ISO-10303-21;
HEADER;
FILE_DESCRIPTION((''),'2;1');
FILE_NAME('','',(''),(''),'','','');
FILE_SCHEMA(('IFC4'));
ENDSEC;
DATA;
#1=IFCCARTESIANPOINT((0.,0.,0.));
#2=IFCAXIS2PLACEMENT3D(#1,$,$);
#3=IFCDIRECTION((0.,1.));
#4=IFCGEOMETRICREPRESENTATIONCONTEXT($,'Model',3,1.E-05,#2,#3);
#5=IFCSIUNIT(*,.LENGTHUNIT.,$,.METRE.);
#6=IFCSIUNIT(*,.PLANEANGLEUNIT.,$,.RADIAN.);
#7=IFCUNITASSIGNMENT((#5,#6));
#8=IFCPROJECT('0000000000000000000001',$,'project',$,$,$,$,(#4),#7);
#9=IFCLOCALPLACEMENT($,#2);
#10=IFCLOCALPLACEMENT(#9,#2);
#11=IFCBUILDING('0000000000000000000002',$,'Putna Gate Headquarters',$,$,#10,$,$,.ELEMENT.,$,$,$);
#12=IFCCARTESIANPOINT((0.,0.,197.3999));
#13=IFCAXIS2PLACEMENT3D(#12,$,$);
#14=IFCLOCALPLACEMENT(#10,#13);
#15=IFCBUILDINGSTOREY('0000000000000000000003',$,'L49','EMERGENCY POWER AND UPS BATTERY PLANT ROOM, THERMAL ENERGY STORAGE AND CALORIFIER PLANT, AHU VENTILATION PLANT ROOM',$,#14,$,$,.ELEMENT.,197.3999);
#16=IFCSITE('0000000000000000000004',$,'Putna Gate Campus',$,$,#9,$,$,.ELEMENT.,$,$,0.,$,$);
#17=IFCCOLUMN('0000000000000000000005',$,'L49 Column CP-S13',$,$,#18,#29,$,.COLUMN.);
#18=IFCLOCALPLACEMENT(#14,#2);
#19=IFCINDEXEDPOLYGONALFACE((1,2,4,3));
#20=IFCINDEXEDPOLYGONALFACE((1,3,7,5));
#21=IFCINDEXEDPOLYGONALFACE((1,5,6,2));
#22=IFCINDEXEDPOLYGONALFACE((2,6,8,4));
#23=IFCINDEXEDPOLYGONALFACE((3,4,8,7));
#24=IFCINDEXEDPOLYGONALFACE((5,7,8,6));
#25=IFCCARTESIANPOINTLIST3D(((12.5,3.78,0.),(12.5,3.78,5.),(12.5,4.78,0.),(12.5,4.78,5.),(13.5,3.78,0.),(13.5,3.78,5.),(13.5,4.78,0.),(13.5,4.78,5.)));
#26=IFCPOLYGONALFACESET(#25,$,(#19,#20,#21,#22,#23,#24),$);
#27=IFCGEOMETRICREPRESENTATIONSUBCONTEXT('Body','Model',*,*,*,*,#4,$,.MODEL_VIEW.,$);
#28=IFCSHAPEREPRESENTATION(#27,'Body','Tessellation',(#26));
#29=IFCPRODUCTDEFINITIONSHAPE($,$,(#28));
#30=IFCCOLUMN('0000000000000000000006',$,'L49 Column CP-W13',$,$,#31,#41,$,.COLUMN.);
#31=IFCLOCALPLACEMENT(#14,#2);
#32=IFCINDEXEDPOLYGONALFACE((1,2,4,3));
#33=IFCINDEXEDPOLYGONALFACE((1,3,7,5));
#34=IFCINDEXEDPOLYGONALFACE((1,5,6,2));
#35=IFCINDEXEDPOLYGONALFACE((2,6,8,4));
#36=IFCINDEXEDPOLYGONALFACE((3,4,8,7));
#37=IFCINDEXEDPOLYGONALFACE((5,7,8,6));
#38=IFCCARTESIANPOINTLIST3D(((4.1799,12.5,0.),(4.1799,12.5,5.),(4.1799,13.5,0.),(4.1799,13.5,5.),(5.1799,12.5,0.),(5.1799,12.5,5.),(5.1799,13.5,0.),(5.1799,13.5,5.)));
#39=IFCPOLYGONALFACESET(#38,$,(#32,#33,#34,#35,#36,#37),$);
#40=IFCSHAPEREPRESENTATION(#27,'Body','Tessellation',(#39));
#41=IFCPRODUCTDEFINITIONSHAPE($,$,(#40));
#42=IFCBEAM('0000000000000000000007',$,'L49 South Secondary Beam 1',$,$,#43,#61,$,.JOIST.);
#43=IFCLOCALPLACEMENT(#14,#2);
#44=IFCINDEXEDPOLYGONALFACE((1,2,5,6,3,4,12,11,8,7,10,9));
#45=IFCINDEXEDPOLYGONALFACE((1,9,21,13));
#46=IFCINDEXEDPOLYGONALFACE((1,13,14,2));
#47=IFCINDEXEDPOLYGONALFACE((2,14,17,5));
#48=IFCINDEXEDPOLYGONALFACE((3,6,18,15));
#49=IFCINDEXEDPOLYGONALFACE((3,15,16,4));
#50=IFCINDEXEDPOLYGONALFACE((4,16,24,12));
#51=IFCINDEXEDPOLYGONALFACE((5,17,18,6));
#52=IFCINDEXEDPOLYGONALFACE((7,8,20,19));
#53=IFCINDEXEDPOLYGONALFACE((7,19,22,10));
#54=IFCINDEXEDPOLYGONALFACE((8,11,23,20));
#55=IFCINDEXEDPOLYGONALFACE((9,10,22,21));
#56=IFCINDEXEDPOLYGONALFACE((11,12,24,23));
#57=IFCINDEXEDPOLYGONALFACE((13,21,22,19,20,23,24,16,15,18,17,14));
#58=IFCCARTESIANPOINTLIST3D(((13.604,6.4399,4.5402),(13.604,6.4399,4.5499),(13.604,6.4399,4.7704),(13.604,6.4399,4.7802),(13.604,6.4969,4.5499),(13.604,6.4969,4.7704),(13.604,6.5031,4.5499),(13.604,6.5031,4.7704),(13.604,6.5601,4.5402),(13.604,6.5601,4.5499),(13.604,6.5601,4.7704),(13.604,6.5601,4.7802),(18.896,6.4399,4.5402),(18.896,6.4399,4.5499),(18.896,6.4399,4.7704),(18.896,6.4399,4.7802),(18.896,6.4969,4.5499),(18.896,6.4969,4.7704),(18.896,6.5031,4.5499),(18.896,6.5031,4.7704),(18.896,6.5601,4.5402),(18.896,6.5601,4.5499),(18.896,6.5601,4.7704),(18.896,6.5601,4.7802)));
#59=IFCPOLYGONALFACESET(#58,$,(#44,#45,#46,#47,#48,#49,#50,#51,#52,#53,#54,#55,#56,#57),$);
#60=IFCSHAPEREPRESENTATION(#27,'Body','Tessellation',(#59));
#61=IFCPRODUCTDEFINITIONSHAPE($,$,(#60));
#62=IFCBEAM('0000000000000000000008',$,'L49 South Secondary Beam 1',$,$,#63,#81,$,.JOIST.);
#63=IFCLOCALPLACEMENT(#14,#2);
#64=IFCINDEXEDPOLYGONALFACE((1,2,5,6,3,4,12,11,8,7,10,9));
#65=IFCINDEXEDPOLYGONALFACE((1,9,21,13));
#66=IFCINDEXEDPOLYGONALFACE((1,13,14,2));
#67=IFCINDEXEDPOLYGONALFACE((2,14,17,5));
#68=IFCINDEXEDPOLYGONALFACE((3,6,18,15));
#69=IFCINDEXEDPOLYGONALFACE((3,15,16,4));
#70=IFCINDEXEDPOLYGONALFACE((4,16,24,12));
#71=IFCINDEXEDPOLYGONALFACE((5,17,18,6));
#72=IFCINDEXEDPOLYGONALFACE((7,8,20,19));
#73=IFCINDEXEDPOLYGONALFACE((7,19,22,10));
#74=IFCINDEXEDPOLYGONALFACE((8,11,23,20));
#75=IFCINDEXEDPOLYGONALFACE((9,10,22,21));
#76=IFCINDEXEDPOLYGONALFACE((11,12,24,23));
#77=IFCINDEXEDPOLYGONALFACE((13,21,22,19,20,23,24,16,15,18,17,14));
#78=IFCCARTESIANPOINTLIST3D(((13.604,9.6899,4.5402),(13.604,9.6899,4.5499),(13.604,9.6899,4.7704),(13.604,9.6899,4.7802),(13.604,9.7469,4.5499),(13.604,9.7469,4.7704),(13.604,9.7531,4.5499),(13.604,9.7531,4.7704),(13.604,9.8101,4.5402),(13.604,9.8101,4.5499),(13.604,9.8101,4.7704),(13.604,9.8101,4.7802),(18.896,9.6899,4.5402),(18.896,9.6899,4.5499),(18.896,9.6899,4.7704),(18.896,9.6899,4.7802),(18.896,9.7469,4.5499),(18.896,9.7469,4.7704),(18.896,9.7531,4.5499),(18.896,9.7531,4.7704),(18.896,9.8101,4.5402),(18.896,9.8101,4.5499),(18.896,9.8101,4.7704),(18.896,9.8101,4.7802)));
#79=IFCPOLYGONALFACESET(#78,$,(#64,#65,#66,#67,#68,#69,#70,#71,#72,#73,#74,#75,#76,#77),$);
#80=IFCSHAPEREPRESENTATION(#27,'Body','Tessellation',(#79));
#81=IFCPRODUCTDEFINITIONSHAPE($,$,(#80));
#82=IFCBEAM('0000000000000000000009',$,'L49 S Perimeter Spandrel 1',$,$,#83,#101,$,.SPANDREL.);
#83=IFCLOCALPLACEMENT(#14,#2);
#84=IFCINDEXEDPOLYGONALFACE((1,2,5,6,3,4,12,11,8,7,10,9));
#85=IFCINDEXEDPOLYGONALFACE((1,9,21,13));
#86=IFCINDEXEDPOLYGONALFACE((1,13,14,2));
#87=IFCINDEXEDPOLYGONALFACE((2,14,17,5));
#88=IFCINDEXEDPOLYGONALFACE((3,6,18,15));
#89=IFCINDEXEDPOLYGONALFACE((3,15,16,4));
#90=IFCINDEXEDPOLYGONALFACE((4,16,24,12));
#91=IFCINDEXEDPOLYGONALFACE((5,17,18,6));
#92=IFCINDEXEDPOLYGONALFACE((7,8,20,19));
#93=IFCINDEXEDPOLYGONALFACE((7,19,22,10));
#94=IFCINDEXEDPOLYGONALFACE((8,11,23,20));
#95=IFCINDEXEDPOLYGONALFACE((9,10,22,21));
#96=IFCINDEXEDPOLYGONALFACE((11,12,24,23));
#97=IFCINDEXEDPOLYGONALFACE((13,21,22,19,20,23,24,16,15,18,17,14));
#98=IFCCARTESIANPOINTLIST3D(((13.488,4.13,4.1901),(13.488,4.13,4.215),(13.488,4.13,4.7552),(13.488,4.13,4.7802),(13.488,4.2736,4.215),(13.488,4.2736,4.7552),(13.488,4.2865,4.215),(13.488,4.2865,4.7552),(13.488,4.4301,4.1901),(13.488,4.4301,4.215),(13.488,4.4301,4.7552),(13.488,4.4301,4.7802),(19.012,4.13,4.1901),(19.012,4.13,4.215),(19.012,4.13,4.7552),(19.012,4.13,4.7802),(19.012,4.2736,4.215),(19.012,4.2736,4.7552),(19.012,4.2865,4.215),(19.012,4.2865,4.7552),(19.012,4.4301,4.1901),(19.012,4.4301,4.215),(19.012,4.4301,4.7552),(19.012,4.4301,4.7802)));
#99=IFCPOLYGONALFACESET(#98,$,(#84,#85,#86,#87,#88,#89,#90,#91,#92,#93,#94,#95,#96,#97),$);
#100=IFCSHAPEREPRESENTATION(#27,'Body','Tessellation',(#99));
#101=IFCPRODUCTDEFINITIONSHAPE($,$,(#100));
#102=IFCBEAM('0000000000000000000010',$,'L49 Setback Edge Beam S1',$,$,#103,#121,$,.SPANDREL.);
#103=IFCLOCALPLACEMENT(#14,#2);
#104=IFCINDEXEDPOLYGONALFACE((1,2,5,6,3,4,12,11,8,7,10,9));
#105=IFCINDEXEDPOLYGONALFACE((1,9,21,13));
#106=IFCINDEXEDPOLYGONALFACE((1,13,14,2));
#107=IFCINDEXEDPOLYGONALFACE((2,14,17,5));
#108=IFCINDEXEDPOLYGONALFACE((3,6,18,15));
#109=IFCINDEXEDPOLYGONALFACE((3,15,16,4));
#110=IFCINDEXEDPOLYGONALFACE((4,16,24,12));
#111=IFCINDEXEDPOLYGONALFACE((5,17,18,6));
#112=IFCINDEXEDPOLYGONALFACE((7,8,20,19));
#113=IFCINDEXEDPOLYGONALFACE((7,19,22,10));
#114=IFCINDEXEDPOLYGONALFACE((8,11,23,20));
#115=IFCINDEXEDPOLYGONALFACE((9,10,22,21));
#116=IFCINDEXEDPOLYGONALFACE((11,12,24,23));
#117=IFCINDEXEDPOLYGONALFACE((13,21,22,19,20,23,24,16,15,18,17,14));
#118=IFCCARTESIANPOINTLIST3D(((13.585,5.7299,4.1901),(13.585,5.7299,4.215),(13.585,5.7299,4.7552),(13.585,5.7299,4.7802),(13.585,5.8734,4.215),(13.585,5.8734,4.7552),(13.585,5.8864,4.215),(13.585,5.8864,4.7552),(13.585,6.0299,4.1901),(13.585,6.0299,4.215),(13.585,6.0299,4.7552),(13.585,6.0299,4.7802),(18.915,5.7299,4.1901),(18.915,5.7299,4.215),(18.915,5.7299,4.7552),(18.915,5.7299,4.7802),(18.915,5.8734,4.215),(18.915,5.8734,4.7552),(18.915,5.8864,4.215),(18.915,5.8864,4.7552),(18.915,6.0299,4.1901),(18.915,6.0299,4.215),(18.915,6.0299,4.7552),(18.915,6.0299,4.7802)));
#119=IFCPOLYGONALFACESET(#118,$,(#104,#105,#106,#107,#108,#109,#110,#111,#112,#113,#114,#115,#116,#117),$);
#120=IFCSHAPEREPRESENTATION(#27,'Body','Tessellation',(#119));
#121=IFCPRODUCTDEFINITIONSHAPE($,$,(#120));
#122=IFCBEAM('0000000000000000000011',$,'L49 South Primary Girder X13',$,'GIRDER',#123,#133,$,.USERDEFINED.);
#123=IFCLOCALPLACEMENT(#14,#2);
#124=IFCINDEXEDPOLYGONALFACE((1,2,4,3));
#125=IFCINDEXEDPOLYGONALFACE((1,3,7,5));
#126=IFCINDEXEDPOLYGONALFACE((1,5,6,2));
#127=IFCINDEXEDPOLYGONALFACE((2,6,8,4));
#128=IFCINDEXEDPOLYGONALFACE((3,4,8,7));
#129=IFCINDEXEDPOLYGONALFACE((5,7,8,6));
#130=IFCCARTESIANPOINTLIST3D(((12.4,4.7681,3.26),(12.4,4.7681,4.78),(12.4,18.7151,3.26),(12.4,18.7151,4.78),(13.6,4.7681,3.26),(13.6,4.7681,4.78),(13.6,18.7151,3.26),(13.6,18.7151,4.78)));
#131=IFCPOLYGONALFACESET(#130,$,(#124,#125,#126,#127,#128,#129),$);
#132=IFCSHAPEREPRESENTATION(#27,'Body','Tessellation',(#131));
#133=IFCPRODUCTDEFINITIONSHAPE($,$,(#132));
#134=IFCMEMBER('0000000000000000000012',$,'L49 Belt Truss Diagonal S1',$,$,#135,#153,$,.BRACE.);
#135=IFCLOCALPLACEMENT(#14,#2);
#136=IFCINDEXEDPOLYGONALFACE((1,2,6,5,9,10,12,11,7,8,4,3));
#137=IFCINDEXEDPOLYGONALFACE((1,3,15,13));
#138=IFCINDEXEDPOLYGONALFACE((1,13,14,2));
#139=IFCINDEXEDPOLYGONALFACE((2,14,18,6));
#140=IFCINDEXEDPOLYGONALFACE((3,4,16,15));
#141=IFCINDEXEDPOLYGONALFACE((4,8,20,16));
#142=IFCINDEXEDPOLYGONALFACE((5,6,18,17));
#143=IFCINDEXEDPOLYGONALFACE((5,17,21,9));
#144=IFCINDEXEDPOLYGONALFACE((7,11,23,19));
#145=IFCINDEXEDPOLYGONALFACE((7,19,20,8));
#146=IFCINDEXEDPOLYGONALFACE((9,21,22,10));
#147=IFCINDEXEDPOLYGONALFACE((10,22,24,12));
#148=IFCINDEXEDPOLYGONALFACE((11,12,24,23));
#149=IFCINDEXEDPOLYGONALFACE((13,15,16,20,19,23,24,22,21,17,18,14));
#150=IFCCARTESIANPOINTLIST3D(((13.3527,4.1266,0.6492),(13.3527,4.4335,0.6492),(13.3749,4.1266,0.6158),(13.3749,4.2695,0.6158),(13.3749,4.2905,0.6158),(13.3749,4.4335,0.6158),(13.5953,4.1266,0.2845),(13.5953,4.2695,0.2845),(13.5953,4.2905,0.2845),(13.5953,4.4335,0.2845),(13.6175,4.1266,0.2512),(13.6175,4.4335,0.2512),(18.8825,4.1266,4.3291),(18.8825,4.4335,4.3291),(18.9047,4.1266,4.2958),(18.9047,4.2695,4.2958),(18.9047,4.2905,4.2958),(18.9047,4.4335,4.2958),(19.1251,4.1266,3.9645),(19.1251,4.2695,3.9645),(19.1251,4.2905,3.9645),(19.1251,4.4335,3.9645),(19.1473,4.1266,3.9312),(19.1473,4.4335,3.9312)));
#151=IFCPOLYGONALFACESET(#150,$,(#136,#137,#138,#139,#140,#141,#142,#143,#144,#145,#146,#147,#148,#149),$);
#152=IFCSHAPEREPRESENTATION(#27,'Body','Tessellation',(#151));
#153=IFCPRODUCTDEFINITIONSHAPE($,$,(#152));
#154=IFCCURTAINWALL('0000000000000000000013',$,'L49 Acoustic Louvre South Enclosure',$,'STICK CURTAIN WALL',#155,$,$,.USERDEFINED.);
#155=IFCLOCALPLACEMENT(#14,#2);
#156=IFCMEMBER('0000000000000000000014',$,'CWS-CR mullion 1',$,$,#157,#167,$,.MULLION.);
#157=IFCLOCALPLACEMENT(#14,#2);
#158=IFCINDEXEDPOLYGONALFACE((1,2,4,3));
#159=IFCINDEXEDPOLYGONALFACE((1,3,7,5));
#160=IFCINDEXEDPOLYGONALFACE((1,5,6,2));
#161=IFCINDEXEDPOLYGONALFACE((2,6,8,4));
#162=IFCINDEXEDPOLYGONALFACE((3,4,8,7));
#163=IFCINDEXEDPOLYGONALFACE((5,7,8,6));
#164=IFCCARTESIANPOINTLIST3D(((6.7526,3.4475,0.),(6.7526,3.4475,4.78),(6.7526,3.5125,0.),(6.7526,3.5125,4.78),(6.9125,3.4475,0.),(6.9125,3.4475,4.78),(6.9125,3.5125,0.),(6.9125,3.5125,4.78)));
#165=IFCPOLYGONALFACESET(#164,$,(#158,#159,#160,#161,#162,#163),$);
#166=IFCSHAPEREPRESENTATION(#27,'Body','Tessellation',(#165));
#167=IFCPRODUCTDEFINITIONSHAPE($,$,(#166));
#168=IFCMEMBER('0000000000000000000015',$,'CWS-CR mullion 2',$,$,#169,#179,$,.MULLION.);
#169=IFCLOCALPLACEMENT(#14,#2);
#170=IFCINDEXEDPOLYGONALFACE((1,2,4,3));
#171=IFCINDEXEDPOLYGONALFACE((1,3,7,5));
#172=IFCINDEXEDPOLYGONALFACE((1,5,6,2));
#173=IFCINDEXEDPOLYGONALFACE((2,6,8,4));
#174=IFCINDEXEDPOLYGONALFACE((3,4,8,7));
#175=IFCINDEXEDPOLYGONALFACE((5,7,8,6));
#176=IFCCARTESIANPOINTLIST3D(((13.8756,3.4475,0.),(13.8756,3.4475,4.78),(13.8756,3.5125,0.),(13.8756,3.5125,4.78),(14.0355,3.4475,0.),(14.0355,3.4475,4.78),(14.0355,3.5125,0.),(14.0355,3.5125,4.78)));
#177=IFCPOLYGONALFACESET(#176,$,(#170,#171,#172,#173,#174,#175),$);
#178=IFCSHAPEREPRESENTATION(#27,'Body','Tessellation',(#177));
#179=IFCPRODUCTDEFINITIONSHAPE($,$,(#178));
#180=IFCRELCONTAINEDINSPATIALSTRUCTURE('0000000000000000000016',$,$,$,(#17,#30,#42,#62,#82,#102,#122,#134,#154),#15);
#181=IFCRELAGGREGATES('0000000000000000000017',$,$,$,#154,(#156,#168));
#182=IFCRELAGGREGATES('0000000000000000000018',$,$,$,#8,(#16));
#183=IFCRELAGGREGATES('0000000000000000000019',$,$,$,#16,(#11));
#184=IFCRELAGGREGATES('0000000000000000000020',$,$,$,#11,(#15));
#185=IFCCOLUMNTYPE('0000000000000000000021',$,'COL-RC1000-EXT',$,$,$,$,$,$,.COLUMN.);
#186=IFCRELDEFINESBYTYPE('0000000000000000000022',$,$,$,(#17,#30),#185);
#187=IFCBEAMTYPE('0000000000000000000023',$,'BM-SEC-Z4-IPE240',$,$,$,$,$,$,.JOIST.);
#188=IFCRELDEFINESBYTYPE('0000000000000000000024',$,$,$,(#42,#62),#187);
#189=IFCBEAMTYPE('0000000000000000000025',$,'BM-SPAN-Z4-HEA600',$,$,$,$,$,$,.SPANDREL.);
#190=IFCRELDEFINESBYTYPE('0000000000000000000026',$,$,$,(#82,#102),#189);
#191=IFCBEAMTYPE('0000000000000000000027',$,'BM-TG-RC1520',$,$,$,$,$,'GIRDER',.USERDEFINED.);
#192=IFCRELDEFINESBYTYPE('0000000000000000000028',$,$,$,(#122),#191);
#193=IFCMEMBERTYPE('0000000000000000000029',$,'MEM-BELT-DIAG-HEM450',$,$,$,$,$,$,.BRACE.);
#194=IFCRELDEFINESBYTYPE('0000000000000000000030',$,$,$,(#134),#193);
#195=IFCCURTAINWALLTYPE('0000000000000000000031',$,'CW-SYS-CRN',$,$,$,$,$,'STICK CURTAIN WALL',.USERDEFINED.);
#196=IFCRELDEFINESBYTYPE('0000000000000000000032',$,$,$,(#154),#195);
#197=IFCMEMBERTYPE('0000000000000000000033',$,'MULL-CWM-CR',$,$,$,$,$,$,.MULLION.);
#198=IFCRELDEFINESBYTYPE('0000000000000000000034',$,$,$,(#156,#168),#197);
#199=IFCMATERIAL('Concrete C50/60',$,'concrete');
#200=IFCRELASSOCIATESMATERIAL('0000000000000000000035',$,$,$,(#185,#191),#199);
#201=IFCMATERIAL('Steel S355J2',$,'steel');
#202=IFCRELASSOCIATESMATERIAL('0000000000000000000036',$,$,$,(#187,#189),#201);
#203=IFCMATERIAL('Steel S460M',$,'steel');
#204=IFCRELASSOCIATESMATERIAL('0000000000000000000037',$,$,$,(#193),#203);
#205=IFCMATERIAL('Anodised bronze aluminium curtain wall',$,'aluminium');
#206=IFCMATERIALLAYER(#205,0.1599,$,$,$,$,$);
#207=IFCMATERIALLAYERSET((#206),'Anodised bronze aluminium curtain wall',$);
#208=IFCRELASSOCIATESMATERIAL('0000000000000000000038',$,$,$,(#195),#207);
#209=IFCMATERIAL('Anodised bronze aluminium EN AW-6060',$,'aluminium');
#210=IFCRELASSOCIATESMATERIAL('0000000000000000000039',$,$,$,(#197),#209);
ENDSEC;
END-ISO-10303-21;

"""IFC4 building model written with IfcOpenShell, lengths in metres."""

from ifc_helpers import new_model, si_unit, direction, frame, origin, origin_2d, place, context, subcontext, project, spatial, rectangle, i_section, extrude, material, layer, layer_set, material_profile, profile_set, type_object, element, aggregate, save


model = new_model("IFC4")

# Units and contexts
model_context = context("Model", 3, precision=1e-05, world=origin(), true_north=direction((0.0, 1.0)))
body_context = subcontext(model_context, "Body", "Model", "MODEL_VIEW")
ifc_project = project(units=[si_unit("LENGTHUNIT", "METRE"), si_unit("PLANEANGLEUNIT", "RADIAN")], contexts=[model_context])

# Site, building, storey
site_placement = place(None, origin())
site = spatial("IfcSite", under=ifc_project, at=site_placement, Name="Putna Gate Campus", CompositionType="ELEMENT", RefElevation=0.0)
building_placement = place(site_placement, origin())
building = spatial("IfcBuilding", under=site, at=building_placement, Name="Putna Gate Headquarters", CompositionType="ELEMENT")
storey_placement = place(building_placement, frame((0.0, 0.0, 197.3999)))
storey = spatial("IfcBuildingStorey", under=building, at=storey_placement, Name="L49", Description="EMERGENCY POWER AND UPS BATTERY PLANT ROOM, THERMAL ENERGY STORAGE AND CALORIFIER PLANT, AHU VENTILATION PLANT ROOM", CompositionType="ELEMENT", Elevation=197.3999)

# Columns
ifc_material_1 = material(Name="Concrete C50/60", Category="concrete")
ifc_material_profile_1 = material_profile(ifc_material_1, rectangle(XDim=1.0, YDim=1.0, at=origin_2d()), Name="Concrete C50/60")
ifc_profile_set_1 = profile_set([ifc_material_profile_1], Name="Concrete C50/60")
column_type = type_object("IfcColumnType", Name="COL-RC1000-EXT", PredefinedType="COLUMN", material=ifc_profile_set_1)
for number, where, z_axis, x_axis, name in (
    (1, (13.0, 4.28, 0.0), (0.0, 0.0, 1.0), (1.0, 0.0, 0.0), "L49 Column CP-S13"),
    (2, (4.6799, 13.0, 0.0), (0.0, 0.0, 1.0), (1.0, 0.0, 0.0), "L49 Column CP-W13"),
):
    element("IfcColumn", number, at=place(storey_placement, frame(where, z_axis=z_axis, x_axis=x_axis)), inside=storey, type_object=column_type, Name=name, PredefinedType="COLUMN", context=body_context, shape_type="SweptSolid", body=[
        extrude(rectangle(XDim=1.0, YDim=1.0, at=origin_2d()), origin(), (0.0, 0.0, 1.0), 5.0),
    ])

# Beams
ifc_material_2 = material(Name="Steel S355J2", Category="steel")
ifc_material_profile_2 = material_profile(ifc_material_2, i_section(OverallWidth=0.1201, OverallDepth=0.24, WebThickness=0.0061, FlangeThickness=0.0098, at=origin_2d()), Name="Steel S355J2")
ifc_profile_set_2 = profile_set([ifc_material_profile_2], Name="Steel S355J2")
beam_type_1 = type_object("IfcBeamType", Name="BM-SEC-Z4-IPE240", PredefinedType="JOIST", material=ifc_profile_set_2)
for number, where, z_axis, x_axis, name in (
    (3, (13.604, 6.5, 4.6602), (1.0, 0.0, 0.0), (0.0, 1.0, 0.0), "L49 South Secondary Beam 1"),
    (4, (13.604, 9.75, 4.6602), (1.0, 0.0, 0.0), (0.0, 1.0, 0.0), "L49 South Secondary Beam 1"),
):
    element("IfcBeam", number, at=place(storey_placement, frame(where, z_axis=z_axis, x_axis=x_axis)), inside=storey, type_object=beam_type_1, Name=name, PredefinedType="JOIST", context=body_context, shape_type="SweptSolid", body=[
        extrude(i_section(OverallWidth=0.1201, OverallDepth=0.24, WebThickness=0.0061, FlangeThickness=0.0098, at=origin_2d()), origin(), (0.0, 0.0, 1.0), 5.292),
    ])
ifc_material_profile_3 = material_profile(ifc_material_2, i_section(OverallWidth=0.3, OverallDepth=0.5901, WebThickness=0.0129, FlangeThickness=0.0249, at=origin_2d()), Name="Steel S355J2")
ifc_profile_set_3 = profile_set([ifc_material_profile_3], Name="Steel S355J2")
beam_type_2 = type_object("IfcBeamType", Name="BM-SPAN-Z4-HEA600", PredefinedType="SPANDREL", material=ifc_profile_set_3)
beam_1_placement = place(storey_placement, frame((13.488, 4.28, 4.4851), z_axis=(1.0, 0.0, 0.0), x_axis=(0.0, 1.0, 0.0)))
element("IfcBeam", 5, at=beam_1_placement, inside=storey, type_object=beam_type_2, Name="L49 S Perimeter Spandrel 1", PredefinedType="SPANDREL", context=body_context, shape_type="SweptSolid", body=[
    extrude(i_section(OverallWidth=0.3, OverallDepth=0.5901, WebThickness=0.0129, FlangeThickness=0.0249, at=origin_2d()), origin(), (0.0, 0.0, 1.0), 5.5239),
])
beam_2_placement = place(storey_placement, frame((13.585, 5.8799, 4.4851), z_axis=(1.0, 0.0, 0.0), x_axis=(0.0, 1.0, 0.0)))
element("IfcBeam", 6, at=beam_2_placement, inside=storey, type_object=beam_type_2, Name="L49 Setback Edge Beam S1", PredefinedType="SPANDREL", context=body_context, shape_type="SweptSolid", body=[
    extrude(i_section(OverallWidth=0.3, OverallDepth=0.5901, WebThickness=0.0129, FlangeThickness=0.0249, at=origin_2d()), origin(), (0.0, 0.0, 1.0), 5.3301),
])
ifc_material_profile_4 = material_profile(ifc_material_1, rectangle(XDim=1.2, YDim=1.52, at=origin_2d()), Name="Concrete C50/60")
ifc_profile_set_4 = profile_set([ifc_material_profile_4], Name="Concrete C50/60")
beam_type_3 = type_object("IfcBeamType", Name="BM-TG-RC1520", ElementType="GIRDER", PredefinedType="USERDEFINED", material=ifc_profile_set_4)
beam_3_placement = place(storey_placement, frame((13.0, 4.7681, 4.02), z_axis=(0.0, 1.0, 0.0), x_axis=(-1.0, 0.0, 0.0)))
element("IfcBeam", 7, at=beam_3_placement, inside=storey, type_object=beam_type_3, Name="L49 South Primary Girder X13", ObjectType="GIRDER", PredefinedType="USERDEFINED", context=body_context, shape_type="SweptSolid", body=[
    extrude(rectangle(XDim=1.2, YDim=1.52, at=origin_2d()), origin(), (0.0, 0.0, 1.0), 13.947),
])

# Member
ifc_material_3 = material(Name="Steel S460M", Category="steel")
ifc_material_profile_5 = material_profile(ifc_material_3, i_section(OverallWidth=0.3069, OverallDepth=0.478, WebThickness=0.021, FlangeThickness=0.04, at=origin_2d()), Name="Steel S460M")
ifc_profile_set_5 = profile_set([ifc_material_profile_5], Name="Steel S460M")
member_type_1 = type_object("IfcMemberType", Name="MEM-BELT-DIAG-HEM450", PredefinedType="BRACE", material=ifc_profile_set_5)
member_1_placement = place(storey_placement, frame((13.4851, 4.28, 0.4502), z_axis=(0.832508, 0.0, 0.554013), x_axis=(0.0, 1.0, 0.0)))
element("IfcMember", 8, at=member_1_placement, inside=storey, type_object=member_type_1, Name="L49 Belt Truss Diagonal S1", PredefinedType="BRACE", context=body_context, shape_type="SweptSolid", body=[
    extrude(i_section(OverallWidth=0.3069, OverallDepth=0.478, WebThickness=0.021, FlangeThickness=0.04, at=origin_2d()), origin(), (0.0, 0.0, 1.0), 6.6423),
])

# Curtain wall, members
ifc_material_4 = material(Name="Anodised bronze aluminium curtain wall", Category="aluminium")
ifc_layer_1 = layer(ifc_material_4, 0.1599)
ifc_layer_set_1 = layer_set([ifc_layer_1], Name="Anodised bronze aluminium curtain wall")
curtain_wall_type = type_object("IfcCurtainWallType", Name="CW-SYS-CRN", ElementType="STICK CURTAIN WALL", PredefinedType="USERDEFINED", material=ifc_layer_set_1)
curtain_wall_1_placement = place(storey_placement, origin())
curtain_wall_1 = element("IfcCurtainWall", 9, at=curtain_wall_1_placement, inside=storey, type_object=curtain_wall_type, Name="L49 Acoustic Louvre South Enclosure", ObjectType="STICK CURTAIN WALL", PredefinedType="USERDEFINED")
ifc_material_5 = material(Name="Anodised bronze aluminium EN AW-6060", Category="aluminium")
ifc_material_profile_6 = material_profile(ifc_material_5, rectangle(XDim=0.0649, YDim=0.1599, at=origin_2d()), Name="Anodised bronze aluminium EN AW-6060")
ifc_profile_set_6 = profile_set([ifc_material_profile_6], Name="Anodised bronze aluminium EN AW-6060")
member_type_2 = type_object("IfcMemberType", Name="MULL-CWM-CR", PredefinedType="MULLION", material=ifc_profile_set_6)
member_2_placement = place(storey_placement, frame((6.8325, 3.48, 0.0), z_axis=(0.0, 0.0, 1.0), x_axis=(0.0, 1.0, 0.0)))
member_2 = element("IfcMember", 10, at=member_2_placement, type_object=member_type_2, Name="CWS-CR mullion 1", PredefinedType="MULLION", context=body_context, shape_type="SweptSolid", body=[
    extrude(rectangle(XDim=0.0649, YDim=0.1599, at=origin_2d()), origin(), (0.0, 0.0, 1.0), 4.78),
])
member_3_placement = place(storey_placement, frame((13.9556, 3.48, 0.0), z_axis=(0.0, 0.0, 1.0), x_axis=(0.0, 1.0, 0.0)))
member_3 = element("IfcMember", 11, at=member_3_placement, type_object=member_type_2, Name="CWS-CR mullion 2", PredefinedType="MULLION", context=body_context, shape_type="SweptSolid", body=[
    extrude(rectangle(XDim=0.0649, YDim=0.1599, at=origin_2d()), origin(), (0.0, 0.0, 1.0), 4.78),
])

aggregate(curtain_wall_1, [member_2, member_3])

save(model, "model.ifc")
